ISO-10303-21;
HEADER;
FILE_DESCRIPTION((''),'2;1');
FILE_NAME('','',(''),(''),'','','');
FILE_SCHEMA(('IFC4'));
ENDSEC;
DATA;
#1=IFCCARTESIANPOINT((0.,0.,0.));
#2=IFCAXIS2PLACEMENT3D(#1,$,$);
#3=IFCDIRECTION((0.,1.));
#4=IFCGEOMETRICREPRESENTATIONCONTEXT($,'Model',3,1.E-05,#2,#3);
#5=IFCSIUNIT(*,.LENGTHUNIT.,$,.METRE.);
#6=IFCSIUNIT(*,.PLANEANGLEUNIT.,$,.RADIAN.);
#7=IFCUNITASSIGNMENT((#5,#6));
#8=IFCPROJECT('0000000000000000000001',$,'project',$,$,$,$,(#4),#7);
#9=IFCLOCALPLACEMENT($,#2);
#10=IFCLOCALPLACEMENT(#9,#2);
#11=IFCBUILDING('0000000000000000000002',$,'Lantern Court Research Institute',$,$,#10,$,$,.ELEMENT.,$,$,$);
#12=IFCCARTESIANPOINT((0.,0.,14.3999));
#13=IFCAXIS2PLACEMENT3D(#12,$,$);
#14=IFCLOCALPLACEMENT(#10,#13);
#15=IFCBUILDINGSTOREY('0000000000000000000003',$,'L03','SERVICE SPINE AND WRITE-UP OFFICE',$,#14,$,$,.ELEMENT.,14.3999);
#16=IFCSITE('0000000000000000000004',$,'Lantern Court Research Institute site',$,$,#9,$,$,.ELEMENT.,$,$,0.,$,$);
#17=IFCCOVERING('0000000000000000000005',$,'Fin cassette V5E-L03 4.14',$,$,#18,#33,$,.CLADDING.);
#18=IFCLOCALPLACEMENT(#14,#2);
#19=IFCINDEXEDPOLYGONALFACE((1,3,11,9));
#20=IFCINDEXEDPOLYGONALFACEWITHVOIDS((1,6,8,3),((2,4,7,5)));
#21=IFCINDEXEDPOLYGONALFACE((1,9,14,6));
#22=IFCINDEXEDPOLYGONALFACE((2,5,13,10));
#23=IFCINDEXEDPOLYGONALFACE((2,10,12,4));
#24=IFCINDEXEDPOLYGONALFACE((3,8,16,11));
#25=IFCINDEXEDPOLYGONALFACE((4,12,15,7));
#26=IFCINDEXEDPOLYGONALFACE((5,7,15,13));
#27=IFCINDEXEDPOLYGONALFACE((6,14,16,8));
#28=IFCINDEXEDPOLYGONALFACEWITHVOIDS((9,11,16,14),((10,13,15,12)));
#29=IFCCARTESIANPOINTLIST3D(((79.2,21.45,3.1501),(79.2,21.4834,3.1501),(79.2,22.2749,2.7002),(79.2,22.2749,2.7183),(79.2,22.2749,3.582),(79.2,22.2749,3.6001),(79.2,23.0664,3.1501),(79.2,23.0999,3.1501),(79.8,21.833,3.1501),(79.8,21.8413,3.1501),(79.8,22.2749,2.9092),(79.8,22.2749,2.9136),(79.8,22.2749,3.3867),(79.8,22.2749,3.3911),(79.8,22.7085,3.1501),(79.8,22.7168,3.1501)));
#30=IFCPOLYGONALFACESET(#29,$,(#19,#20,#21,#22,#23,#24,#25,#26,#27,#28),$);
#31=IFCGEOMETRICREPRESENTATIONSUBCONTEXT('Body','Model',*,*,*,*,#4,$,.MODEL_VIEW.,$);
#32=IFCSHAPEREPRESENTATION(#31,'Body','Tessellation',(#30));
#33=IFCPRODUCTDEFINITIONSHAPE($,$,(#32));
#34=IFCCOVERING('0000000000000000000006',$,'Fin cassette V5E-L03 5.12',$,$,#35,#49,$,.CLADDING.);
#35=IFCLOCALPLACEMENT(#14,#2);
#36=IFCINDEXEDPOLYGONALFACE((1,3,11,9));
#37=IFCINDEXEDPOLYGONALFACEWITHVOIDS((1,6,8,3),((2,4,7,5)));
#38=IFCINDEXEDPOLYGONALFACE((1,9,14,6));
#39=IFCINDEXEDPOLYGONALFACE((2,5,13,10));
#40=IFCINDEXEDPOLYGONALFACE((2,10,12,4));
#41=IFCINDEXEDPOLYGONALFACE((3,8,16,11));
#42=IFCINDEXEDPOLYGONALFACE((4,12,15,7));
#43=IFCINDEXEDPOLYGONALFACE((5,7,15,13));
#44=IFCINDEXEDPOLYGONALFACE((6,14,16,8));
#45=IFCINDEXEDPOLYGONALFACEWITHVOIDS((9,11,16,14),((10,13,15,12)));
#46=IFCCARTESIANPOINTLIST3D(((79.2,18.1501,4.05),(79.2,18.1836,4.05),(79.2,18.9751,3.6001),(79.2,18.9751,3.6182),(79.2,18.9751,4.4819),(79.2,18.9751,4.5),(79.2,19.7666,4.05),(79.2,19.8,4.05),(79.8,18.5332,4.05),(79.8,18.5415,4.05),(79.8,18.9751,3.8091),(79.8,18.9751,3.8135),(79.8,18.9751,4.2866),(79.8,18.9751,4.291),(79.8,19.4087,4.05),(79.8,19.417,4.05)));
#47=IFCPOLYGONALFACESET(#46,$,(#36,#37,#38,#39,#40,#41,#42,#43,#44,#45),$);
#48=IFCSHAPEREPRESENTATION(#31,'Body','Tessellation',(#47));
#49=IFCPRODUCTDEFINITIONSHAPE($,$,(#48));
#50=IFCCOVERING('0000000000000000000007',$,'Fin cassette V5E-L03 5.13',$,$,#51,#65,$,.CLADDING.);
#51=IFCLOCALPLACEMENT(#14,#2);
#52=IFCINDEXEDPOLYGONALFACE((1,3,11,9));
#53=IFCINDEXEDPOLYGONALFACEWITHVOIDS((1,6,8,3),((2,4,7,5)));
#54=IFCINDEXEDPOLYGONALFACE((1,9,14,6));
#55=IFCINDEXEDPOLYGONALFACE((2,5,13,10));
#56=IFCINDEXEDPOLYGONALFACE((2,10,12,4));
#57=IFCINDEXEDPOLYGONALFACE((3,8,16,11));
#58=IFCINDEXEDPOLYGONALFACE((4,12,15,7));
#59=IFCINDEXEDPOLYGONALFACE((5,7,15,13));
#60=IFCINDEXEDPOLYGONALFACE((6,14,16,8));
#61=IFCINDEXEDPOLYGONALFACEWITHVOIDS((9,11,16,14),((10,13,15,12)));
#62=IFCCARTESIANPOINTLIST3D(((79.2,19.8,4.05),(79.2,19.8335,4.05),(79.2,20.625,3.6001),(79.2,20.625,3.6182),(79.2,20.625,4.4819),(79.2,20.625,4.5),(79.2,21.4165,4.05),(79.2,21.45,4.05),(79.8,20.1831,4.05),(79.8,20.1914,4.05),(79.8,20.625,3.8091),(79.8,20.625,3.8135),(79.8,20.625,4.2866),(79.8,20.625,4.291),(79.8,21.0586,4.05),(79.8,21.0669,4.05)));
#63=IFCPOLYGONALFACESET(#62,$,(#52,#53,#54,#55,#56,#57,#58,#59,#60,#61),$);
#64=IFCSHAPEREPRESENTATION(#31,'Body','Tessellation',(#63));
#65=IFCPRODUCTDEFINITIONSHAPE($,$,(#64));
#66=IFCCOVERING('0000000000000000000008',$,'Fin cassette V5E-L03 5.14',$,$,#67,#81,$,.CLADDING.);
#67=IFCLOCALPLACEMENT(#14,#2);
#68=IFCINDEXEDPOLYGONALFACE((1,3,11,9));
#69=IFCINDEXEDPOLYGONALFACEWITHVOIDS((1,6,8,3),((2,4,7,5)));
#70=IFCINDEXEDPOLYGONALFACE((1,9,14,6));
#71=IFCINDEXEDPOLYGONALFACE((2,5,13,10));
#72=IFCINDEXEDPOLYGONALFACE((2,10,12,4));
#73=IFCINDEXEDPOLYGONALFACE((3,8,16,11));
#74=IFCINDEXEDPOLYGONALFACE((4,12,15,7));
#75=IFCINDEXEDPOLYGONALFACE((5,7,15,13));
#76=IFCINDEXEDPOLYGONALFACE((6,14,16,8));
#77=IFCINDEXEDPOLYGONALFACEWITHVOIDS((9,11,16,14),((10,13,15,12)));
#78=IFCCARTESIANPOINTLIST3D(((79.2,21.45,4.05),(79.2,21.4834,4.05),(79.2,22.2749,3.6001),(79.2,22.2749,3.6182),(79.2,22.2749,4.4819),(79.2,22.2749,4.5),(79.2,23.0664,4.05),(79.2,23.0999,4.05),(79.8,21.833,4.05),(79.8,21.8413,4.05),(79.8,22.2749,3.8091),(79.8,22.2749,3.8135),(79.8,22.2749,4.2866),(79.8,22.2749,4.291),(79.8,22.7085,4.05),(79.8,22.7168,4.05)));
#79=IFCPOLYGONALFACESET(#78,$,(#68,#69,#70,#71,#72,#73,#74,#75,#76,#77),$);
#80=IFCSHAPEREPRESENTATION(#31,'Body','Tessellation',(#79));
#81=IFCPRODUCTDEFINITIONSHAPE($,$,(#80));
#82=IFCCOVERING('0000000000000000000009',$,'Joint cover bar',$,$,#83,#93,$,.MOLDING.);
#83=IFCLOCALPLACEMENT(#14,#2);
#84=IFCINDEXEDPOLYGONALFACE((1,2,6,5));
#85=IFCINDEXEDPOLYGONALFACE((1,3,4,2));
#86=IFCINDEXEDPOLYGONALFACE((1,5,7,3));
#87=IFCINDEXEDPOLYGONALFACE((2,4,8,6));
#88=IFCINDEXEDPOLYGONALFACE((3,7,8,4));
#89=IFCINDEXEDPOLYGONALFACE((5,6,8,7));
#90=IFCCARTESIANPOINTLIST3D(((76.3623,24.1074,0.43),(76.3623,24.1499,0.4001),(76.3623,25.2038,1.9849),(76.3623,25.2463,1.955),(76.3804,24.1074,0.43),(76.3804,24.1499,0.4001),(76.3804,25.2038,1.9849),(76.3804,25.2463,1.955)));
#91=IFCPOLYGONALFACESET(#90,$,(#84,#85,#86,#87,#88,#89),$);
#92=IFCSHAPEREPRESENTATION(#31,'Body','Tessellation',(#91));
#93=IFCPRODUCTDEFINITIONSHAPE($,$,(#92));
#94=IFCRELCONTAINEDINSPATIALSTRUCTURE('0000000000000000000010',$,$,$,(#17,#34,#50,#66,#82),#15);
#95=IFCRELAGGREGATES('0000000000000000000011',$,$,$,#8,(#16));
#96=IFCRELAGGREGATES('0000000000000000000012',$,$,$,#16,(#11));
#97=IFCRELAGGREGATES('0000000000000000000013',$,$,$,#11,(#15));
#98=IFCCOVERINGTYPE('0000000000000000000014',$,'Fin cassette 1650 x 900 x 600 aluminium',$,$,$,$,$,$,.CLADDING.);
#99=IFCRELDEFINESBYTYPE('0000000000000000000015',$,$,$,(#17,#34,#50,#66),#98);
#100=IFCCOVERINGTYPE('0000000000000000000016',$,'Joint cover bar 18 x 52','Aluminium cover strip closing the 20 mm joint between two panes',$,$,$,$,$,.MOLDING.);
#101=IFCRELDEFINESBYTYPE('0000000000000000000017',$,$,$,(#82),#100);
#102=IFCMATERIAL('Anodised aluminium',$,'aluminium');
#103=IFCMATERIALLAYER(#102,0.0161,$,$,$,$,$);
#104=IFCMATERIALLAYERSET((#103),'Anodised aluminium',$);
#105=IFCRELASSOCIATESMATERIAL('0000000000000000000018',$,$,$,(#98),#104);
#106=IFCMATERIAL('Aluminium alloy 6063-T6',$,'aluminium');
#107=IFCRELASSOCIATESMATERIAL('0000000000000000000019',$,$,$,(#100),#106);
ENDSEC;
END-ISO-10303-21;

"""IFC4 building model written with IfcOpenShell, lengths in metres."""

from ifc_helpers import new_model, entity, si_unit, direction, frame, origin, origin_2d, place, context, subcontext, project, spatial, rectangle, extrude, material, layer, layer_set, material_profile, profile_set, type_object, element, save


model = new_model("IFC4")

# Units and contexts
model_context = context("Model", 3, precision=1e-05, world=origin(), true_north=direction((0.0, 1.0)))
body_context = subcontext(model_context, "Body", "Model", "MODEL_VIEW")
ifc_project = project(units=[si_unit("LENGTHUNIT", "METRE"), si_unit("PLANEANGLEUNIT", "RADIAN")], contexts=[model_context])

# Site, building, storey
site_placement = place(None, origin())
site = spatial("IfcSite", under=ifc_project, at=site_placement, Name="Lantern Court Research Institute site", CompositionType="ELEMENT", RefElevation=0.0)
building_placement = place(site_placement, origin())
building = spatial("IfcBuilding", under=site, at=building_placement, Name="Lantern Court Research Institute", CompositionType="ELEMENT")
storey_placement = place(building_placement, frame((0.0, 0.0, 14.3999)))
storey = spatial("IfcBuildingStorey", under=building, at=storey_placement, Name="L03", Description="SERVICE SPINE AND WRITE-UP OFFICE", CompositionType="ELEMENT", Elevation=14.3999)

# Coverings
ifc_material_1 = material(Name="Anodised aluminium", Category="aluminium")
ifc_layer_1 = layer(ifc_material_1, 0.0161)
ifc_layer_set_1 = layer_set([ifc_layer_1], Name="Anodised aluminium")
covering_type_1 = type_object("IfcCoveringType", Name="Fin cassette 1650 x 900 x 600 aluminium", PredefinedType="CLADDING", material=ifc_layer_set_1)
covering_1_placement = place(storey_placement, frame((79.2, 22.2749, 3.1501), z_axis=(1.0, 0.0, 0.0), x_axis=(0.0, 1.0, 0.0)))
cartesian_point_1 = entity("IfcCartesianPoint", [0.825, 0.0])
cartesian_point_2 = entity("IfcCartesianPoint", [0.7915, 0.0])
cartesian_point_3 = entity("IfcCartesianPoint", [0.4419, 0.0])
cartesian_point_4 = entity("IfcCartesianPoint", [0.4336, 0.0])
element("IfcCovering", 1, at=covering_1_placement, inside=storey, type_object=covering_type_1, Name="Fin cassette V5E-L03 4.14", PredefinedType="CLADDING", context=body_context, shape_type="SweptSolid", body=[
    entity("IfcExtrudedAreaSolidTapered", entity("IfcArbitraryProfileDefWithVoids", "AREA", None, entity("IfcPolyline", [cartesian_point_1, entity("IfcCartesianPoint", [0.0, 0.45]), entity("IfcCartesianPoint", [-0.825, 0.0]), entity("IfcCartesianPoint", [0.0, -0.45]), cartesian_point_1]), [entity("IfcPolyline", [cartesian_point_2, entity("IfcCartesianPoint", [0.0, 0.4319]), entity("IfcCartesianPoint", [-0.7915, 0.0]), entity("IfcCartesianPoint", [0.0, -0.4319]), cartesian_point_2])]), entity("IfcAxis2Placement3D", entity("IfcCartesianPoint", [0.0, 0.0, 0.0])), entity("IfcDirection", [0.0, 0.0, 1.0]), 0.6001, entity("IfcArbitraryProfileDefWithVoids", "AREA", None, entity("IfcPolyline", [cartesian_point_3, entity("IfcCartesianPoint", [0.0, 0.241]), entity("IfcCartesianPoint", [-0.4419, 0.0]), entity("IfcCartesianPoint", [0.0, -0.241]), cartesian_point_3]), [entity("IfcPolyline", [cartesian_point_4, entity("IfcCartesianPoint", [0.0, 0.2366]), entity("IfcCartesianPoint", [-0.4336, 0.0]), entity("IfcCartesianPoint", [0.0, -0.2366]), cartesian_point_4])])),
])
covering_2_placement = place(storey_placement, frame((79.2, 18.9751, 4.05), z_axis=(1.0, 0.0, 0.0), x_axis=(0.0, 1.0, 0.0)))
cartesian_point_5 = entity("IfcCartesianPoint", [0.825, 0.0])
cartesian_point_6 = entity("IfcCartesianPoint", [0.7915, 0.0])
cartesian_point_7 = entity("IfcCartesianPoint", [0.4419, 0.0])
cartesian_point_8 = entity("IfcCartesianPoint", [0.4336, 0.0])
element("IfcCovering", 2, at=covering_2_placement, inside=storey, type_object=covering_type_1, Name="Fin cassette V5E-L03 5.12", PredefinedType="CLADDING", context=body_context, shape_type="SweptSolid", body=[
    entity("IfcExtrudedAreaSolidTapered", entity("IfcArbitraryProfileDefWithVoids", "AREA", None, entity("IfcPolyline", [cartesian_point_5, entity("IfcCartesianPoint", [0.0, 0.45]), entity("IfcCartesianPoint", [-0.825, 0.0]), entity("IfcCartesianPoint", [0.0, -0.45]), cartesian_point_5]), [entity("IfcPolyline", [cartesian_point_6, entity("IfcCartesianPoint", [0.0, 0.4319]), entity("IfcCartesianPoint", [-0.7915, 0.0]), entity("IfcCartesianPoint", [0.0, -0.4319]), cartesian_point_6])]), entity("IfcAxis2Placement3D", entity("IfcCartesianPoint", [0.0, 0.0, 0.0])), entity("IfcDirection", [0.0, 0.0, 1.0]), 0.6001, entity("IfcArbitraryProfileDefWithVoids", "AREA", None, entity("IfcPolyline", [cartesian_point_7, entity("IfcCartesianPoint", [0.0, 0.241]), entity("IfcCartesianPoint", [-0.4419, 0.0]), entity("IfcCartesianPoint", [0.0, -0.241]), cartesian_point_7]), [entity("IfcPolyline", [cartesian_point_8, entity("IfcCartesianPoint", [0.0, 0.2366]), entity("IfcCartesianPoint", [-0.4336, 0.0]), entity("IfcCartesianPoint", [0.0, -0.2366]), cartesian_point_8])])),
])
covering_3_placement = place(storey_placement, frame((79.2, 20.625, 4.05), z_axis=(1.0, 0.0, 0.0), x_axis=(0.0, 1.0, 0.0)))
cartesian_point_9 = entity("IfcCartesianPoint", [0.825, 0.0])
cartesian_point_10 = entity("IfcCartesianPoint", [0.7915, 0.0])
cartesian_point_11 = entity("IfcCartesianPoint", [0.4419, 0.0])
cartesian_point_12 = entity("IfcCartesianPoint", [0.4336, 0.0])
element("IfcCovering", 3, at=covering_3_placement, inside=storey, type_object=covering_type_1, Name="Fin cassette V5E-L03 5.13", PredefinedType="CLADDING", context=body_context, shape_type="SweptSolid", body=[
    entity("IfcExtrudedAreaSolidTapered", entity("IfcArbitraryProfileDefWithVoids", "AREA", None, entity("IfcPolyline", [cartesian_point_9, entity("IfcCartesianPoint", [0.0, 0.45]), entity("IfcCartesianPoint", [-0.825, 0.0]), entity("IfcCartesianPoint", [0.0, -0.45]), cartesian_point_9]), [entity("IfcPolyline", [cartesian_point_10, entity("IfcCartesianPoint", [0.0, 0.4319]), entity("IfcCartesianPoint", [-0.7915, 0.0]), entity("IfcCartesianPoint", [0.0, -0.4319]), cartesian_point_10])]), entity("IfcAxis2Placement3D", entity("IfcCartesianPoint", [0.0, 0.0, 0.0])), entity("IfcDirection", [0.0, 0.0, 1.0]), 0.6001, entity("IfcArbitraryProfileDefWithVoids", "AREA", None, entity("IfcPolyline", [cartesian_point_11, entity("IfcCartesianPoint", [0.0, 0.241]), entity("IfcCartesianPoint", [-0.4419, 0.0]), entity("IfcCartesianPoint", [0.0, -0.241]), cartesian_point_11]), [entity("IfcPolyline", [cartesian_point_12, entity("IfcCartesianPoint", [0.0, 0.2366]), entity("IfcCartesianPoint", [-0.4336, 0.0]), entity("IfcCartesianPoint", [0.0, -0.2366]), cartesian_point_12])])),
])
covering_4_placement = place(storey_placement, frame((79.2, 22.2749, 4.05), z_axis=(1.0, 0.0, 0.0), x_axis=(0.0, 1.0, 0.0)))
cartesian_point_13 = entity("IfcCartesianPoint", [0.825, 0.0])
cartesian_point_14 = entity("IfcCartesianPoint", [0.7915, 0.0])
cartesian_point_15 = entity("IfcCartesianPoint", [0.4419, 0.0])
cartesian_point_16 = entity("IfcCartesianPoint", [0.4336, 0.0])
element("IfcCovering", 4, at=covering_4_placement, inside=storey, type_object=covering_type_1, Name="Fin cassette V5E-L03 5.14", PredefinedType="CLADDING", context=body_context, shape_type="SweptSolid", body=[
    entity("IfcExtrudedAreaSolidTapered", entity("IfcArbitraryProfileDefWithVoids", "AREA", None, entity("IfcPolyline", [cartesian_point_13, entity("IfcCartesianPoint", [0.0, 0.45]), entity("IfcCartesianPoint", [-0.825, 0.0]), entity("IfcCartesianPoint", [0.0, -0.45]), cartesian_point_13]), [entity("IfcPolyline", [cartesian_point_14, entity("IfcCartesianPoint", [0.0, 0.4319]), entity("IfcCartesianPoint", [-0.7915, 0.0]), entity("IfcCartesianPoint", [0.0, -0.4319]), cartesian_point_14])]), entity("IfcAxis2Placement3D", entity("IfcCartesianPoint", [0.0, 0.0, 0.0])), entity("IfcDirection", [0.0, 0.0, 1.0]), 0.6001, entity("IfcArbitraryProfileDefWithVoids", "AREA", None, entity("IfcPolyline", [cartesian_point_15, entity("IfcCartesianPoint", [0.0, 0.241]), entity("IfcCartesianPoint", [-0.4419, 0.0]), entity("IfcCartesianPoint", [0.0, -0.241]), cartesian_point_15]), [entity("IfcPolyline", [cartesian_point_16, entity("IfcCartesianPoint", [0.0, 0.2366]), entity("IfcCartesianPoint", [-0.4336, 0.0]), entity("IfcCartesianPoint", [0.0, -0.2366]), cartesian_point_16])])),
])
ifc_material_2 = material(Name="Aluminium alloy 6063-T6", Category="aluminium")
ifc_material_profile_1 = material_profile(ifc_material_2, rectangle(XDim=0.0181, YDim=0.052, at=origin_2d()), Name="Joint cover bar 18 x 52")
ifc_profile_set_1 = profile_set([ifc_material_profile_1], Name="Aluminium alloy 6063-T6")
covering_type_2 = type_object("IfcCoveringType", Name="Joint cover bar 18 x 52", Description="Aluminium cover strip closing the 20 mm joint between two panes", PredefinedType="MOLDING", material=ifc_profile_set_1)
covering_5_placement = place(storey_placement, frame((76.3713, 24.1287, 0.415), z_axis=(0.0, 0.576275, 0.817256), x_axis=(-1.0, 0.0, 0.0)))
element("IfcCovering", 5, at=covering_5_placement, inside=storey, type_object=covering_type_2, Name="Joint cover bar", PredefinedType="MOLDING", context=body_context, shape_type="SweptSolid", body=[
    extrude(rectangle(XDim=0.0181, YDim=0.052, at=origin_2d()), origin(), (0.0, 0.0, 1.0), 1.9026),
])

save(model, "model.ifc")
